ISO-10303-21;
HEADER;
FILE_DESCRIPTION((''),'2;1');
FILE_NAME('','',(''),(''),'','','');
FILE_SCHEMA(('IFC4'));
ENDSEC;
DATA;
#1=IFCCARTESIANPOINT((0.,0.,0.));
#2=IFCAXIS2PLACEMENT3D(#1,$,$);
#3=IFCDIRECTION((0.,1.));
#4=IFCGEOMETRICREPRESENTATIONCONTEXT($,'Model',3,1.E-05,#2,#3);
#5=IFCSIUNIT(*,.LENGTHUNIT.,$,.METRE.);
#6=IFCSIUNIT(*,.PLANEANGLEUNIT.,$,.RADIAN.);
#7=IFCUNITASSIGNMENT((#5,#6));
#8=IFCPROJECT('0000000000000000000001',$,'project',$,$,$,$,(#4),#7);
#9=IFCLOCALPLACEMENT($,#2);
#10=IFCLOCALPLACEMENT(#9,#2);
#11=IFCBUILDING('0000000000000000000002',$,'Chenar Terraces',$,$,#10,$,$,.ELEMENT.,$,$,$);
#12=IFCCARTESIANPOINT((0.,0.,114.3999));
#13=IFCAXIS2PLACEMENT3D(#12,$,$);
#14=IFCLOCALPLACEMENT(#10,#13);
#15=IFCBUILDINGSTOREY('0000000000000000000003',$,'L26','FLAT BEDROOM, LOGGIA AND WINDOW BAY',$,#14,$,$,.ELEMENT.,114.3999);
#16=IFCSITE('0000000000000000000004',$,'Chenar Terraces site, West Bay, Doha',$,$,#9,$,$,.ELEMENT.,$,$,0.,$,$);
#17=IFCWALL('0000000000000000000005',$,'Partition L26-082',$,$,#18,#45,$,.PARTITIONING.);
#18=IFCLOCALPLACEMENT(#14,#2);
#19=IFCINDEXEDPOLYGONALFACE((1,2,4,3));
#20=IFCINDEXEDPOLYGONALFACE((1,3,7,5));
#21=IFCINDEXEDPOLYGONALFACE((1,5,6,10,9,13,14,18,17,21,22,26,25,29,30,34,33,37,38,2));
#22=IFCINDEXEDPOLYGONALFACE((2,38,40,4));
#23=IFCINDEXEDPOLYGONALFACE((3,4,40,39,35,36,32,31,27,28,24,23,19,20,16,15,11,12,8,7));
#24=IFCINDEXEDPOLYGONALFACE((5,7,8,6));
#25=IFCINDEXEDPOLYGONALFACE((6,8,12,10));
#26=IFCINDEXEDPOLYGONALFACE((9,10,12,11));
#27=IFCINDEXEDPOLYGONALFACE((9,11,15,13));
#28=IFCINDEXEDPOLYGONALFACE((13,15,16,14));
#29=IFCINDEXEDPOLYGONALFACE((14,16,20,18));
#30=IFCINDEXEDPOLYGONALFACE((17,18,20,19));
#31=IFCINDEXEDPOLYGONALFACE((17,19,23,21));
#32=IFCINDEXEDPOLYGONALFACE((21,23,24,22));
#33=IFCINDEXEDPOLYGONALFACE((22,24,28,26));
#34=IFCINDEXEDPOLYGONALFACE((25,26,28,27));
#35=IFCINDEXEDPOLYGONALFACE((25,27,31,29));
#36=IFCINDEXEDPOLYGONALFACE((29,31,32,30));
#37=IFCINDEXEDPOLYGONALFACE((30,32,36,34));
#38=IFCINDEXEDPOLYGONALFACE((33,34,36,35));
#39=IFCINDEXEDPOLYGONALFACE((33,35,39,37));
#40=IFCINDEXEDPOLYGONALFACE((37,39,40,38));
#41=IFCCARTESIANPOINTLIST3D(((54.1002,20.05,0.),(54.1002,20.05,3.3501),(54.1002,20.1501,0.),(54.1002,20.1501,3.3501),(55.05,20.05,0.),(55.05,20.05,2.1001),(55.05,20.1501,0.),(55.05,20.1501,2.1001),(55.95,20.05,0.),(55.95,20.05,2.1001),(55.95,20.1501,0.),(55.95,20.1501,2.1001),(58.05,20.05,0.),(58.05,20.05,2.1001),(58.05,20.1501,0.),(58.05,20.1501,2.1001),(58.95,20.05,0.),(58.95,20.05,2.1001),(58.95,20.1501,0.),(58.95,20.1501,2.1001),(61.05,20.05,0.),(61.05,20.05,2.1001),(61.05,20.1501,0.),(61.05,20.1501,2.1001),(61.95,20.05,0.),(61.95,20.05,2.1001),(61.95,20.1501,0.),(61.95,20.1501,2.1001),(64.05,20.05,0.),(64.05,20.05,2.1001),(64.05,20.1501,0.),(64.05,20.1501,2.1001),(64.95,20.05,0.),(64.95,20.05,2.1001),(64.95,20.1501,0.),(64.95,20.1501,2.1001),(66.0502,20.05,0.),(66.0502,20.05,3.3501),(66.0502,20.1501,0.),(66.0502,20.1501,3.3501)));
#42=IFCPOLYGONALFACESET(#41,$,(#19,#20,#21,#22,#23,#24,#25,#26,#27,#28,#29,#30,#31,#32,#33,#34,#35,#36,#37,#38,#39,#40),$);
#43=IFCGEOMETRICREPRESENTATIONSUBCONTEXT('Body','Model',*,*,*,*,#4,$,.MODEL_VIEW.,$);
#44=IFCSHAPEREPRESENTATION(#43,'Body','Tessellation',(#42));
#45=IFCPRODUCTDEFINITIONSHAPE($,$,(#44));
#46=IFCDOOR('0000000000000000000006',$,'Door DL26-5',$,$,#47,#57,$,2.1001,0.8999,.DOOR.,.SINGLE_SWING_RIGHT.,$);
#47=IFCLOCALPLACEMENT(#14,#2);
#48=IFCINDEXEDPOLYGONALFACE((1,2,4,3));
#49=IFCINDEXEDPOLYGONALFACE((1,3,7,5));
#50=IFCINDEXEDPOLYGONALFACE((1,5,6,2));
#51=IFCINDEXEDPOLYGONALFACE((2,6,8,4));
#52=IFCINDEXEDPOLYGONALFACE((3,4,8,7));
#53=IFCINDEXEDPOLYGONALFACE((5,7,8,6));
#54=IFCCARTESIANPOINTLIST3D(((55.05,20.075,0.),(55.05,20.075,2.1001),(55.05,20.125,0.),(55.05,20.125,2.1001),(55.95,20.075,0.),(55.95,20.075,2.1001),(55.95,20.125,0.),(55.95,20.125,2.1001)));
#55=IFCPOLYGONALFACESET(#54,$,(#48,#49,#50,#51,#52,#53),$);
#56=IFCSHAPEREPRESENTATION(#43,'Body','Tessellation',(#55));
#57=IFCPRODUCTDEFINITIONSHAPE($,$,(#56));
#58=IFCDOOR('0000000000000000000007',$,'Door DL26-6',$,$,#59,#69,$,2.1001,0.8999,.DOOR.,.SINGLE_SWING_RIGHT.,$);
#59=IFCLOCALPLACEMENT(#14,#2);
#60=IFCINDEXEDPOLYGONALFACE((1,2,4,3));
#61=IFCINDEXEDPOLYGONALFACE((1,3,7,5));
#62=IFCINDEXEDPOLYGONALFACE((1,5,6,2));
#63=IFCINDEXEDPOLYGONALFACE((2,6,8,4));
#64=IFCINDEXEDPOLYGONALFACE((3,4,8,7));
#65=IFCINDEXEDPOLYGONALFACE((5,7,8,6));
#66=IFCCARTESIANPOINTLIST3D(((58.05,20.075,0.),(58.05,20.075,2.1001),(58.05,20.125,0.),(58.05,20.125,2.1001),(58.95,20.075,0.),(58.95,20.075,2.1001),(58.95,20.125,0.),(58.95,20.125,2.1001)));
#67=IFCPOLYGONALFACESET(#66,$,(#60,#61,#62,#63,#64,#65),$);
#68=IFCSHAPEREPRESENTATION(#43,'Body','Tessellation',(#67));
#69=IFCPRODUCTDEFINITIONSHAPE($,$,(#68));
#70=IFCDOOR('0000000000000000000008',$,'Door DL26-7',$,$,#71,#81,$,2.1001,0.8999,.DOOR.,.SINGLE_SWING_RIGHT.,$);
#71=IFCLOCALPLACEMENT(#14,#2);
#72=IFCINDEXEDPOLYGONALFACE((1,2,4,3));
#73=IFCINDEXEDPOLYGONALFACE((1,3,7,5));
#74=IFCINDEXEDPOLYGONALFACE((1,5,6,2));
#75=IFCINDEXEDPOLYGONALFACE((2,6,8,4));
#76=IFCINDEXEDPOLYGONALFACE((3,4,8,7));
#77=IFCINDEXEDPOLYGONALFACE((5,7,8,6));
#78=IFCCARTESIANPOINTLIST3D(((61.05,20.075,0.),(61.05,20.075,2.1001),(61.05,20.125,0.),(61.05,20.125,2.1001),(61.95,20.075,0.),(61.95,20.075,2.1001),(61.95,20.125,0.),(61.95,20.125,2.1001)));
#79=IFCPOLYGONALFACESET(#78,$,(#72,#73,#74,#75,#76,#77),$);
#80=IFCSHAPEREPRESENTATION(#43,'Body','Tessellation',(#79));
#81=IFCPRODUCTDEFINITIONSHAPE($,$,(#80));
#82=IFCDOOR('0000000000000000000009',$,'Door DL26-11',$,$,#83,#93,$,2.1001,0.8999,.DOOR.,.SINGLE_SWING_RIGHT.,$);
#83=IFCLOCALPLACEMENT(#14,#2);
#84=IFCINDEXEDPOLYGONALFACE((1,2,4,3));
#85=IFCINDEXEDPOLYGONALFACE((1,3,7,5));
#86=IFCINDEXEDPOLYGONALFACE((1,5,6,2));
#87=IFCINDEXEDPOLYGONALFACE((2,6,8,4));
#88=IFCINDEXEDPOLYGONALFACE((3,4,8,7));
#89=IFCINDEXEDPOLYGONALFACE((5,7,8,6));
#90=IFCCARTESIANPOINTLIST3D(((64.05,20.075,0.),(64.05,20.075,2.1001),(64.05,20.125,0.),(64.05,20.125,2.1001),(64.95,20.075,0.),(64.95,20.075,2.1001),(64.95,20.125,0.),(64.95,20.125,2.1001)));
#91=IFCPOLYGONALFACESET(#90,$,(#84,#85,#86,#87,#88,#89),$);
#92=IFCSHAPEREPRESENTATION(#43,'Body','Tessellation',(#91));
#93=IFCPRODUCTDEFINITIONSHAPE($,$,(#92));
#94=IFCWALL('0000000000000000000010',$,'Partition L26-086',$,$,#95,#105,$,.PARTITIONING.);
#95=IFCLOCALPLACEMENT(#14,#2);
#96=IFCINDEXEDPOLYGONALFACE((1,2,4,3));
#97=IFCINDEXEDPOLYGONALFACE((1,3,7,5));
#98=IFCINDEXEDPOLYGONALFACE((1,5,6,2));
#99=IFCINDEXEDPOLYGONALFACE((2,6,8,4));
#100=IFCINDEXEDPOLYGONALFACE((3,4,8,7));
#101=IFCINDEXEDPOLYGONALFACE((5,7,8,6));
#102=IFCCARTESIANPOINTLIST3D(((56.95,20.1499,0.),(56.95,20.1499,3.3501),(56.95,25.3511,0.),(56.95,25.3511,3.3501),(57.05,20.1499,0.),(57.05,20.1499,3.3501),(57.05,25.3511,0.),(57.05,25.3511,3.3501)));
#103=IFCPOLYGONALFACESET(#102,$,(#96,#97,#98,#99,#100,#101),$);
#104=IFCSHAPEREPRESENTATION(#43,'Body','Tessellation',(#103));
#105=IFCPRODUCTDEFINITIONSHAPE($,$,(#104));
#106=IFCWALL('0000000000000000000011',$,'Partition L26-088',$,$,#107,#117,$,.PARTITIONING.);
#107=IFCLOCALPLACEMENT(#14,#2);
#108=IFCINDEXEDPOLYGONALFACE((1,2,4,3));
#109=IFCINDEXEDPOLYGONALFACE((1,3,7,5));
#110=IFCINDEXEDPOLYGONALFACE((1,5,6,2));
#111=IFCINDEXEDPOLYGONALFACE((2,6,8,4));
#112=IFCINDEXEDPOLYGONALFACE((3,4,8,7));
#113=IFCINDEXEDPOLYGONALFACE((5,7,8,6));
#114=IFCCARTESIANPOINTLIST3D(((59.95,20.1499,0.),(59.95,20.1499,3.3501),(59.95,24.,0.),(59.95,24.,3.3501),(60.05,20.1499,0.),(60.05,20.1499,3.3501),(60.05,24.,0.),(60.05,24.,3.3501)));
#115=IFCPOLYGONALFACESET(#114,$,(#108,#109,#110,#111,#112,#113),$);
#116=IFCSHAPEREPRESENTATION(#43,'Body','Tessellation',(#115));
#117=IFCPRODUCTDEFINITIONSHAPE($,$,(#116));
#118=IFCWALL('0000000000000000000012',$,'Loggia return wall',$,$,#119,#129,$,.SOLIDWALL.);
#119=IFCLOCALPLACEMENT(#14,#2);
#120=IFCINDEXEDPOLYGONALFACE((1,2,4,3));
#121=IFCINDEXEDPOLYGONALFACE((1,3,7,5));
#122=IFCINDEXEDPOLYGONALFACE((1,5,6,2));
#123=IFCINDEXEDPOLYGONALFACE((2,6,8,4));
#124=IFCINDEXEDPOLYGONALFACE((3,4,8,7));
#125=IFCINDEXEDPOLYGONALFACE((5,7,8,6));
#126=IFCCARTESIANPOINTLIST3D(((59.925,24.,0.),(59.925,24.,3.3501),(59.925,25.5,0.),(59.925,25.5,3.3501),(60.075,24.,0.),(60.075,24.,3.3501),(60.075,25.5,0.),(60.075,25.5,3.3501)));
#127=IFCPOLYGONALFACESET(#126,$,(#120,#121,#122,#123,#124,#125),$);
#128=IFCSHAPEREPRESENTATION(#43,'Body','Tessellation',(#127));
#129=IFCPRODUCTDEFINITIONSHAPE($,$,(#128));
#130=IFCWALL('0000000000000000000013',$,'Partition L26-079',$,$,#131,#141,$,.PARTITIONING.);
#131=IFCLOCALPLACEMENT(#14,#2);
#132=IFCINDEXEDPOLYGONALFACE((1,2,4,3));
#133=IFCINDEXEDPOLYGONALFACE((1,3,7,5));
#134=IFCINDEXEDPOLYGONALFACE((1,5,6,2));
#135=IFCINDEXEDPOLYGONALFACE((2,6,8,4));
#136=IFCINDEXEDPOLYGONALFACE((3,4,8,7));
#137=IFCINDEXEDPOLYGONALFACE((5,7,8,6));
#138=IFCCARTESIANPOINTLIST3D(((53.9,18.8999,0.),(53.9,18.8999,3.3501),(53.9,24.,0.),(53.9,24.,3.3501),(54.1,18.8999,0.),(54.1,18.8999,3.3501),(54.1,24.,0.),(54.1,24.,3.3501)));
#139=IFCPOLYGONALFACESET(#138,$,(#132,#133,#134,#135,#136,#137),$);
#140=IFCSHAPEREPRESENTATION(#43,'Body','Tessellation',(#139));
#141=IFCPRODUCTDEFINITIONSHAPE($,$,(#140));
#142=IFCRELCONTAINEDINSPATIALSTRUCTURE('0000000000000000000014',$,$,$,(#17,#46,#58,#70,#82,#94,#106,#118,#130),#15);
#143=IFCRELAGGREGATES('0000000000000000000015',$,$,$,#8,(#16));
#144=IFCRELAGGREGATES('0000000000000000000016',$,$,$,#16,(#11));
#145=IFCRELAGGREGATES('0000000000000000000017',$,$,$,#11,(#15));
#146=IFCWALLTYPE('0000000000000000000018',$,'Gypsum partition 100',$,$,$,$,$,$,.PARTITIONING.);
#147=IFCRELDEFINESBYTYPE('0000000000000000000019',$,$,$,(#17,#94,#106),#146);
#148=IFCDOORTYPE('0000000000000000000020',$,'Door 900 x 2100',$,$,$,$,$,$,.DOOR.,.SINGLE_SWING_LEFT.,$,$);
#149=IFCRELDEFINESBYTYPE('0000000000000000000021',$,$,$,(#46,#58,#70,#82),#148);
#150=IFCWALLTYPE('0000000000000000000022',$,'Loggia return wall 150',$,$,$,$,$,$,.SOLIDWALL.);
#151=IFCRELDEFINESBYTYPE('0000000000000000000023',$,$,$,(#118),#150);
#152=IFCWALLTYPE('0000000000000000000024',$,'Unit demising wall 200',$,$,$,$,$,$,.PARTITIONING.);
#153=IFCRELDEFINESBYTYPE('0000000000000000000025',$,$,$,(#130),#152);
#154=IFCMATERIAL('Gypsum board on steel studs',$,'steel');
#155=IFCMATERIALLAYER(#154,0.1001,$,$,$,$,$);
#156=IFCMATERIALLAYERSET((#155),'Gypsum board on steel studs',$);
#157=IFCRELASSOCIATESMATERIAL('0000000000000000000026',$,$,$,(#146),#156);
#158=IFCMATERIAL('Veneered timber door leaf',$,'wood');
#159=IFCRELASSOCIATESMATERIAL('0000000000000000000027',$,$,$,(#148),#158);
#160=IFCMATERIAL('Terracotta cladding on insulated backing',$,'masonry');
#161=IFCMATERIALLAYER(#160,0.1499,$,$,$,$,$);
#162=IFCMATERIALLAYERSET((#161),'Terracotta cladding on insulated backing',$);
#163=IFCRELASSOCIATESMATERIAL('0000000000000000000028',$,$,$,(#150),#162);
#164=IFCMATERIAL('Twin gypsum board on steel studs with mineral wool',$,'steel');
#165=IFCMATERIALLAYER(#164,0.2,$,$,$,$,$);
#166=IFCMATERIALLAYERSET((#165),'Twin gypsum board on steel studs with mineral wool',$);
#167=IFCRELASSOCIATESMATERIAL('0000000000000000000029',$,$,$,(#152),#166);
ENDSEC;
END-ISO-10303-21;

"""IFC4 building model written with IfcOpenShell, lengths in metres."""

from ifc_helpers import new_model, si_unit, direction, frame, frame_2d, origin, place, context, subcontext, project, spatial, rectangle, extrude, material, layer, layer_set, type_object, element, fill, save


model = new_model("IFC4")

# Units and contexts
model_context = context("Model", 3, precision=1e-05, world=origin(), true_north=direction((0.0, 1.0)))
body_context = subcontext(model_context, "Body", "Model", "MODEL_VIEW")
ifc_project = project(units=[si_unit("LENGTHUNIT", "METRE"), si_unit("PLANEANGLEUNIT", "RADIAN")], contexts=[model_context])

# Site, building, storey
site_placement = place(None, origin())
site = spatial("IfcSite", under=ifc_project, at=site_placement, Name="Chenar Terraces site, West Bay, Doha", CompositionType="ELEMENT", RefElevation=0.0)
building_placement = place(site_placement, origin())
building = spatial("IfcBuilding", under=site, at=building_placement, Name="Chenar Terraces", CompositionType="ELEMENT")
storey_placement = place(building_placement, frame((0.0, 0.0, 114.3999)))
storey = spatial("IfcBuildingStorey", under=building, at=storey_placement, Name="L26", Description="FLAT BEDROOM, LOGGIA AND WINDOW BAY", CompositionType="ELEMENT", Elevation=114.3999)

# Wall, openings, doors
ifc_material_1 = material(Name="Gypsum board on steel studs", Category="steel")
ifc_layer_1 = layer(ifc_material_1, 0.1001)
ifc_layer_set_1 = layer_set([ifc_layer_1], Name="Gypsum board on steel studs")
wall_type_1 = type_object("IfcWallType", Name="Gypsum partition 100", PredefinedType="PARTITIONING", material=ifc_layer_set_1)
wall_1_placement = place(storey_placement, frame((54.1001, 20.1001, 0.0), z_axis=(0.0, 0.0, 1.0), x_axis=(1.0, 0.0, 0.0)))
wall_1 = element("IfcWall", 1, at=wall_1_placement, inside=storey, type_object=wall_type_1, Name="Partition L26-082", PredefinedType="PARTITIONING", context=body_context, shape_type="SweptSolid", body=[
    extrude(rectangle(XDim=11.95, YDim=0.1001, at=frame_2d((5.9751, 0.0))), origin(), (0.0, 0.0, 1.0), 3.3501),
])
opening_1_placement = place(wall_1_placement, frame((0.95, 0.0, 0.0)))
opening_1 = element("IfcOpeningElement", 2, at=opening_1_placement, cuts=wall_1, PredefinedType="OPENING", context=body_context, shape_type="SweptSolid", body=[
    extrude(rectangle(XDim=0.8999, YDim=2.1001, at=frame_2d((0.45, 1.05))), frame((0.0, 0.0601, 0.0), z_axis=(0.0, -1.0, 0.0), x_axis=(1.0, 0.0, 0.0)), (0.0, 0.0, 1.0), 0.1201),
])
opening_2_placement = place(wall_1_placement, frame((3.95, 0.0, 0.0)))
opening_2 = element("IfcOpeningElement", 3, at=opening_2_placement, cuts=wall_1, PredefinedType="OPENING", context=body_context, shape_type="SweptSolid", body=[
    extrude(rectangle(XDim=0.8999, YDim=2.1001, at=frame_2d((0.45, 1.05))), frame((0.0, 0.0601, 0.0), z_axis=(0.0, -1.0, 0.0), x_axis=(1.0, 0.0, 0.0)), (0.0, 0.0, 1.0), 0.1201),
])
opening_3_placement = place(wall_1_placement, frame((6.95, 0.0, 0.0)))
opening_3 = element("IfcOpeningElement", 4, at=opening_3_placement, cuts=wall_1, PredefinedType="OPENING", context=body_context, shape_type="SweptSolid", body=[
    extrude(rectangle(XDim=0.8999, YDim=2.1001, at=frame_2d((0.45, 1.05))), frame((0.0, 0.0601, 0.0), z_axis=(0.0, -1.0, 0.0), x_axis=(1.0, 0.0, 0.0)), (0.0, 0.0, 1.0), 0.1201),
])
opening_4_placement = place(wall_1_placement, frame((9.95, 0.0, 0.0)))
opening_4 = element("IfcOpeningElement", 5, at=opening_4_placement, cuts=wall_1, PredefinedType="OPENING", context=body_context, shape_type="SweptSolid", body=[
    extrude(rectangle(XDim=0.8999, YDim=2.1001, at=frame_2d((0.45, 1.05))), frame((0.0, 0.0601, 0.0), z_axis=(0.0, -1.0, 0.0), x_axis=(1.0, 0.0, 0.0)), (0.0, 0.0, 1.0), 0.1201),
])
ifc_material_2 = material(Name="Veneered timber door leaf", Category="wood")
door_type_1 = type_object("IfcDoorType", Name="Door 900 x 2100", OperationType="SINGLE_SWING_LEFT", PredefinedType="DOOR", material=ifc_material_2)
door_1_placement = place(opening_1_placement, origin())
door_1 = element("IfcDoor", 6, at=door_1_placement, inside=storey, type_object=door_type_1, Name="Door DL26-5", OperationType="SINGLE_SWING_RIGHT", OverallHeight=2.1001, OverallWidth=0.8999, PredefinedType="DOOR", context=body_context, shape_type="SweptSolid", body=[
    extrude(rectangle(XDim=0.8999, YDim=2.1001, at=frame_2d((0.45, 1.05))), frame((0.0, 0.0249, 0.0), z_axis=(0.0, -1.0, 0.0), x_axis=(1.0, 0.0, 0.0)), (0.0, 0.0, 1.0), 0.05),
])
fill(opening_1, door_1)
door_2_placement = place(opening_2_placement, origin())
door_2 = element("IfcDoor", 7, at=door_2_placement, inside=storey, type_object=door_type_1, Name="Door DL26-6", OperationType="SINGLE_SWING_RIGHT", OverallHeight=2.1001, OverallWidth=0.8999, PredefinedType="DOOR", context=body_context, shape_type="SweptSolid", body=[
    extrude(rectangle(XDim=0.8999, YDim=2.1001, at=frame_2d((0.45, 1.05))), frame((0.0, 0.0249, 0.0), z_axis=(0.0, -1.0, 0.0), x_axis=(1.0, 0.0, 0.0)), (0.0, 0.0, 1.0), 0.05),
])
fill(opening_2, door_2)
door_3_placement = place(opening_3_placement, origin())
door_3 = element("IfcDoor", 8, at=door_3_placement, inside=storey, type_object=door_type_1, Name="Door DL26-7", OperationType="SINGLE_SWING_RIGHT", OverallHeight=2.1001, OverallWidth=0.8999, PredefinedType="DOOR", context=body_context, shape_type="SweptSolid", body=[
    extrude(rectangle(XDim=0.8999, YDim=2.1001, at=frame_2d((0.45, 1.05))), frame((0.0, 0.0249, 0.0), z_axis=(0.0, -1.0, 0.0), x_axis=(1.0, 0.0, 0.0)), (0.0, 0.0, 1.0), 0.05),
])
fill(opening_3, door_3)
door_4_placement = place(opening_4_placement, origin())
door_4 = element("IfcDoor", 9, at=door_4_placement, inside=storey, type_object=door_type_1, Name="Door DL26-11", OperationType="SINGLE_SWING_RIGHT", OverallHeight=2.1001, OverallWidth=0.8999, PredefinedType="DOOR", context=body_context, shape_type="SweptSolid", body=[
    extrude(rectangle(XDim=0.8999, YDim=2.1001, at=frame_2d((0.45, 1.05))), frame((0.0, 0.0249, 0.0), z_axis=(0.0, -1.0, 0.0), x_axis=(1.0, 0.0, 0.0)), (0.0, 0.0, 1.0), 0.05),
])
fill(opening_4, door_4)

# Walls
wall_2_placement = place(storey_placement, frame((57.0, 20.1499, 0.0), z_axis=(0.0, 0.0, 1.0), x_axis=(0.0, 1.0, 0.0)))
element("IfcWall", 10, at=wall_2_placement, inside=storey, type_object=wall_type_1, Name="Partition L26-086", PredefinedType="PARTITIONING", context=body_context, shape_type="SweptSolid", body=[
    extrude(rectangle(XDim=5.2012, YDim=0.1001, at=frame_2d((2.6006, 0.0))), origin(), (0.0, 0.0, 1.0), 3.3501),
])
wall_3_placement = place(storey_placement, frame((60.0, 20.1499, 0.0), z_axis=(0.0, 0.0, 1.0), x_axis=(0.0, 1.0, 0.0)))
element("IfcWall", 11, at=wall_3_placement, inside=storey, type_object=wall_type_1, Name="Partition L26-088", PredefinedType="PARTITIONING", context=body_context, shape_type="SweptSolid", body=[
    extrude(rectangle(XDim=3.8501, YDim=0.1001, at=frame_2d((1.925, 0.0))), origin(), (0.0, 0.0, 1.0), 3.3501),
])
ifc_material_3 = material(Name="Terracotta cladding on insulated backing", Category="masonry")
ifc_layer_2 = layer(ifc_material_3, 0.1499)
ifc_layer_set_2 = layer_set([ifc_layer_2], Name="Terracotta cladding on insulated backing")
wall_type_2 = type_object("IfcWallType", Name="Loggia return wall 150", PredefinedType="SOLIDWALL", material=ifc_layer_set_2)
wall_4_placement = place(storey_placement, frame((60.0, 25.5, 0.0), z_axis=(0.0, 0.0, 1.0), x_axis=(0.0, -1.0, 0.0)))
element("IfcWall", 12, at=wall_4_placement, inside=storey, type_object=wall_type_2, Name="Loggia return wall", PredefinedType="SOLIDWALL", context=body_context, shape_type="SweptSolid", body=[
    extrude(rectangle(XDim=1.5, YDim=0.1499, at=frame_2d((0.75, 0.0))), origin(), (0.0, 0.0, 1.0), 3.3501),
])
ifc_material_4 = material(Name="Twin gypsum board on steel studs with mineral wool", Category="steel")
ifc_layer_3 = layer(ifc_material_4, 0.2)
ifc_layer_set_3 = layer_set([ifc_layer_3], Name="Twin gypsum board on steel studs with mineral wool")
wall_type_3 = type_object("IfcWallType", Name="Unit demising wall 200", PredefinedType="PARTITIONING", material=ifc_layer_set_3)
wall_5_placement = place(storey_placement, frame((54.0, 18.8999, 0.0), z_axis=(0.0, 0.0, 1.0), x_axis=(0.0, 1.0, 0.0)))
element("IfcWall", 13, at=wall_5_placement, inside=storey, type_object=wall_type_3, Name="Partition L26-079", PredefinedType="PARTITIONING", context=body_context, shape_type="SweptSolid", body=[
    extrude(rectangle(XDim=5.1001, YDim=0.2, at=frame_2d((2.55, 0.0))), origin(), (0.0, 0.0, 1.0), 3.3501),
])

save(model, "model.ifc")
